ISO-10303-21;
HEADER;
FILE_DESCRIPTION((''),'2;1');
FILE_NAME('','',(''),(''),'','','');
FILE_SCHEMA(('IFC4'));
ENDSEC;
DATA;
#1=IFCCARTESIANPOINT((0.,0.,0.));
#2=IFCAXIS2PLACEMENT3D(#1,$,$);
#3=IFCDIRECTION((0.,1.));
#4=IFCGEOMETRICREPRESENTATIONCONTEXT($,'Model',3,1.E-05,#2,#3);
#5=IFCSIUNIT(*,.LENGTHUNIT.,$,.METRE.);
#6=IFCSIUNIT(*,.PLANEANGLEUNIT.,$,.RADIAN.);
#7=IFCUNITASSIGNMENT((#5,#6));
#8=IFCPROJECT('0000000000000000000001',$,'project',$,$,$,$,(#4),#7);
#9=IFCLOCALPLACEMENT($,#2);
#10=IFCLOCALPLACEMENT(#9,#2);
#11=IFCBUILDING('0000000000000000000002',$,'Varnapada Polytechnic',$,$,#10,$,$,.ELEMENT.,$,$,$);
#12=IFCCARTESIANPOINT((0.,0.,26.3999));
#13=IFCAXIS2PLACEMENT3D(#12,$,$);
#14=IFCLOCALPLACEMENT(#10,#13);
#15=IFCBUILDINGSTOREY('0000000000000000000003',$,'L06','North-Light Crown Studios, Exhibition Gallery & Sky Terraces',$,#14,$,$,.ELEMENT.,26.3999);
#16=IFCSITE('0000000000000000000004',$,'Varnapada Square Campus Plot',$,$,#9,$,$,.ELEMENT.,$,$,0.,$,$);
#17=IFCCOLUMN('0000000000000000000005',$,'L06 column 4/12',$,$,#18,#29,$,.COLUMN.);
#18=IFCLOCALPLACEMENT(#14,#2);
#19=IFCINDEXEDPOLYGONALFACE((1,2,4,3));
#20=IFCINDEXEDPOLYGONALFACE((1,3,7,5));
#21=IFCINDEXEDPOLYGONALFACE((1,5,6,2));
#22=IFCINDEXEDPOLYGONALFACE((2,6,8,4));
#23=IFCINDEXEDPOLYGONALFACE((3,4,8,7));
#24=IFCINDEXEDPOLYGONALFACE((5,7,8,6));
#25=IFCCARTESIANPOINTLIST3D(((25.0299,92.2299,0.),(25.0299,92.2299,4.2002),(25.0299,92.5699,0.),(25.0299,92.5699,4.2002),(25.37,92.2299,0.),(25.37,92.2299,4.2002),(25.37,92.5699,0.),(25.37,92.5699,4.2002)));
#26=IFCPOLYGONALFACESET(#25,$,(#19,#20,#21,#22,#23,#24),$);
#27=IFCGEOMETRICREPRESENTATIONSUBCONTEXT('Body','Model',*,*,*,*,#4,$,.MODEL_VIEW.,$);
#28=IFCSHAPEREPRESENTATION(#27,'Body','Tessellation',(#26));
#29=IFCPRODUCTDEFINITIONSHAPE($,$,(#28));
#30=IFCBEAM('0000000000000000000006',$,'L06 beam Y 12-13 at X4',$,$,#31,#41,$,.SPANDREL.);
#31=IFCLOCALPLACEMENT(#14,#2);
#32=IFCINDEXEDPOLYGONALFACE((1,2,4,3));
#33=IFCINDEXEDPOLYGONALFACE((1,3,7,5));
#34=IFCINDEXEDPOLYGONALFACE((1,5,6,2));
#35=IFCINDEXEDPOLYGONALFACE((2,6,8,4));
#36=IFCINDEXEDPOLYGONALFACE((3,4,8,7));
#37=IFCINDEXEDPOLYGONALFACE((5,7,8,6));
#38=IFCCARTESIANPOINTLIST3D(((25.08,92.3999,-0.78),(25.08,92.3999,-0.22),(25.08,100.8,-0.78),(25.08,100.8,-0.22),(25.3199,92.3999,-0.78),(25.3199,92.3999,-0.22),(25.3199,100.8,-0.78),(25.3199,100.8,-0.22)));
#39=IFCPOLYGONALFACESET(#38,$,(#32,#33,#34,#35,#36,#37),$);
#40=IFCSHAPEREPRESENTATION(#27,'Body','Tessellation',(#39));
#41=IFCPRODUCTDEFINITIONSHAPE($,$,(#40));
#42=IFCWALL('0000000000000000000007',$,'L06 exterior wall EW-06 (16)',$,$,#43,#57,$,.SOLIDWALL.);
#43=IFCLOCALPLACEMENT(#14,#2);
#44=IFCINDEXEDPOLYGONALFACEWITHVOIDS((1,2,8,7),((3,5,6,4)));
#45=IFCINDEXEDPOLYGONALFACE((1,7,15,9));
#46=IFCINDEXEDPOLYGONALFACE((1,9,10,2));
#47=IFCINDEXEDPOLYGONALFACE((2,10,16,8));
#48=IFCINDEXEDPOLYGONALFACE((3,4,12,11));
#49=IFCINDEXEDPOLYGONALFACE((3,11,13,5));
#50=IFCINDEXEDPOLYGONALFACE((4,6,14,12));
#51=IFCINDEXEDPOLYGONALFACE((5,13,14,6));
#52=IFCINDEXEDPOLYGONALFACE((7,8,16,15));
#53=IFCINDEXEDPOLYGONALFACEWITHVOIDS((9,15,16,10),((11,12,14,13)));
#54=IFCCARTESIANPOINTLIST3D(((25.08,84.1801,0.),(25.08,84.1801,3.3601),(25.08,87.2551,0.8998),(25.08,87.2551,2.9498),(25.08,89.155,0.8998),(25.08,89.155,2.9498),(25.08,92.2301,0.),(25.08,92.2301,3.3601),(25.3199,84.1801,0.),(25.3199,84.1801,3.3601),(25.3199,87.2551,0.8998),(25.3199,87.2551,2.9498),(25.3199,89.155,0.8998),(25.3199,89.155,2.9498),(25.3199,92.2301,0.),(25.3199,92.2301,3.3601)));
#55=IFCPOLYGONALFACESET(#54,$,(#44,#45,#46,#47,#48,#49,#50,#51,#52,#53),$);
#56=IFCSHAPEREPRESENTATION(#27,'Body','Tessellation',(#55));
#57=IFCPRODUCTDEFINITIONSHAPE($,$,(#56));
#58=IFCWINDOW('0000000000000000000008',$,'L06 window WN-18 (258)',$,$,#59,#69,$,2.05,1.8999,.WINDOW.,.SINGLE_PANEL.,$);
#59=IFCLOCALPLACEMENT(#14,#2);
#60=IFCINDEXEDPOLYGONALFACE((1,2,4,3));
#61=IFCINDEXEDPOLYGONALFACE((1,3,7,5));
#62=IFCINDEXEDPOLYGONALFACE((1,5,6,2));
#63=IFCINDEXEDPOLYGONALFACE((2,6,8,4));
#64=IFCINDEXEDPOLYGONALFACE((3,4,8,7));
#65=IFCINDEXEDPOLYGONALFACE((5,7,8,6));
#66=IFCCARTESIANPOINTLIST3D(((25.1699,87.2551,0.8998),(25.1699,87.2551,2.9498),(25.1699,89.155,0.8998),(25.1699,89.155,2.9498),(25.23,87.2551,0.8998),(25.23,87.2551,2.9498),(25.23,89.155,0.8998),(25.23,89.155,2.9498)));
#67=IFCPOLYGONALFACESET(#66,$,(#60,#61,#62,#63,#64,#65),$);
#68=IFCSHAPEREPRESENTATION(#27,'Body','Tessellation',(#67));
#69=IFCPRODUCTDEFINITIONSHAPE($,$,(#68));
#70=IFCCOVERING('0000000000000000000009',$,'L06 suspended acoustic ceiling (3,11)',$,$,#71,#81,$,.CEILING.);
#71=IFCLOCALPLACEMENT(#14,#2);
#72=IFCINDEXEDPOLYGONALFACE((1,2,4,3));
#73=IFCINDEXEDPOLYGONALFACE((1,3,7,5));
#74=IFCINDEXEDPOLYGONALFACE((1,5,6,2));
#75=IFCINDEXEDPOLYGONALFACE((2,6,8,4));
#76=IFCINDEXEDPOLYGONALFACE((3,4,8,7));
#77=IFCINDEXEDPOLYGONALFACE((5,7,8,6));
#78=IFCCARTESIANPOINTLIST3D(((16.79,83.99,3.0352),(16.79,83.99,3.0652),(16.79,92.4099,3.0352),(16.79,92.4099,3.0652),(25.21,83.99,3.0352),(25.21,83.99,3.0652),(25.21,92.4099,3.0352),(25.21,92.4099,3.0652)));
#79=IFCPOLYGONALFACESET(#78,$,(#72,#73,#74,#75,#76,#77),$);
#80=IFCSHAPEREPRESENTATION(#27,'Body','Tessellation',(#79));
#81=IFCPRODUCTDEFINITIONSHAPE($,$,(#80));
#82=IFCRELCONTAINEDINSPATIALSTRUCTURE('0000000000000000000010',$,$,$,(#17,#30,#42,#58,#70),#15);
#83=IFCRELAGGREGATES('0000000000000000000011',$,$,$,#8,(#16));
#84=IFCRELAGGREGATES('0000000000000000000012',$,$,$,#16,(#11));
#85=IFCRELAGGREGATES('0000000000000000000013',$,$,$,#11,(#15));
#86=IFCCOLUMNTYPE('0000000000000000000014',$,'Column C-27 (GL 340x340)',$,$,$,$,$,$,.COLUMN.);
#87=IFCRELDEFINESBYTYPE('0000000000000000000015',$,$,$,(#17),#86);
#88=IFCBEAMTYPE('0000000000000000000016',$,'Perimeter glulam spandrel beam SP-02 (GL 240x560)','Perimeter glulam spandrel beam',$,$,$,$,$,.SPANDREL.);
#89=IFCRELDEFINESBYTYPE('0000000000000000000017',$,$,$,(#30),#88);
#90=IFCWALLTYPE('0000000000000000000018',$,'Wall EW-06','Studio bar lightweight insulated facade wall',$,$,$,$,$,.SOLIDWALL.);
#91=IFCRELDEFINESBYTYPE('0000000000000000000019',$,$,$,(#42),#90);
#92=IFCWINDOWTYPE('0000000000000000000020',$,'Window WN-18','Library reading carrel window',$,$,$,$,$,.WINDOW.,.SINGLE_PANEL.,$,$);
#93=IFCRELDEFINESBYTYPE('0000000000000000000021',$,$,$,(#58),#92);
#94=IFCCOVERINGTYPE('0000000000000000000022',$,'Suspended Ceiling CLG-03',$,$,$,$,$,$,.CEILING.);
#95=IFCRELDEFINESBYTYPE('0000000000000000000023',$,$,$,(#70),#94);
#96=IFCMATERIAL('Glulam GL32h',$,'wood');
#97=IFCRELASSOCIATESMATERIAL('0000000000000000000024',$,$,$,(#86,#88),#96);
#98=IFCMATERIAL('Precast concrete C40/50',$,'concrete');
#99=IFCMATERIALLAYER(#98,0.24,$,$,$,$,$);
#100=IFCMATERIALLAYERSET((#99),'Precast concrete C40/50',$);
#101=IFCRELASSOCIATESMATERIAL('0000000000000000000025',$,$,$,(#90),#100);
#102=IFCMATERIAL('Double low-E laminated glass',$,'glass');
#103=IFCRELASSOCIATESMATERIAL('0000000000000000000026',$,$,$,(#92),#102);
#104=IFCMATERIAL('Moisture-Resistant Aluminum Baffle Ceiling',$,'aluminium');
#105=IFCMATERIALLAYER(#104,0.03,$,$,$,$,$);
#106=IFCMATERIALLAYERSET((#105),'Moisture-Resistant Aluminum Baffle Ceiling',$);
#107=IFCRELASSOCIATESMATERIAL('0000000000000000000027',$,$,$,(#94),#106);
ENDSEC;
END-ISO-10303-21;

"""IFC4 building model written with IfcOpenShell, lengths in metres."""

from ifc_helpers import new_model, si_unit, direction, frame, frame_2d, origin, origin_2d, place, context, subcontext, project, spatial, rectangle, extrude, material, layer, layer_set, material_profile, profile_set, type_object, element, fill, save


model = new_model("IFC4")

# Units and contexts
model_context = context("Model", 3, precision=1e-05, world=origin(), true_north=direction((0.0, 1.0)))
body_context = subcontext(model_context, "Body", "Model", "MODEL_VIEW")
ifc_project = project(units=[si_unit("LENGTHUNIT", "METRE"), si_unit("PLANEANGLEUNIT", "RADIAN")], contexts=[model_context])

# Site, building, storey
site_placement = place(None, origin())
site = spatial("IfcSite", under=ifc_project, at=site_placement, Name="Varnapada Square Campus Plot", CompositionType="ELEMENT", RefElevation=0.0)
building_placement = place(site_placement, origin())
building = spatial("IfcBuilding", under=site, at=building_placement, Name="Varnapada Polytechnic", CompositionType="ELEMENT")
storey_placement = place(building_placement, frame((0.0, 0.0, 26.3999)))
storey = spatial("IfcBuildingStorey", under=building, at=storey_placement, Name="L06", Description="North-Light Crown Studios, Exhibition Gallery & Sky Terraces", CompositionType="ELEMENT", Elevation=26.3999)

# Column
ifc_material_1 = material(Name="Glulam GL32h", Category="wood")
ifc_material_profile_1 = material_profile(ifc_material_1, rectangle(XDim=0.3401, YDim=0.3401, at=origin_2d()), Name="GL 340x340")
ifc_profile_set_1 = profile_set([ifc_material_profile_1], Name="Glulam GL32h")
column_type = type_object("IfcColumnType", Name="Column C-27 (GL 340x340)", PredefinedType="COLUMN", material=ifc_profile_set_1)
column_placement = place(storey_placement, frame((25.2, 92.3999, 0.0), z_axis=(0.0, 0.0, 1.0), x_axis=(1.0, 0.0, 0.0)))
element("IfcColumn", 1, at=column_placement, inside=storey, type_object=column_type, Name="L06 column 4/12", PredefinedType="COLUMN", context=body_context, shape_type="SweptSolid", body=[
    extrude(rectangle(XDim=0.3401, YDim=0.3401, at=origin_2d()), origin(), (0.0, 0.0, 1.0), 4.2002),
])

# Beam
ifc_material_profile_2 = material_profile(ifc_material_1, rectangle(XDim=0.24, YDim=0.5601, at=origin_2d()), Name="GL 240x560")
ifc_profile_set_2 = profile_set([ifc_material_profile_2], Name="Glulam GL32h")
beam_type = type_object("IfcBeamType", Name="Perimeter glulam spandrel beam SP-02 (GL 240x560)", Description="Perimeter glulam spandrel beam", PredefinedType="SPANDREL", material=ifc_profile_set_2)
beam_placement = place(storey_placement, frame((25.2, 92.3999, -0.5), z_axis=(0.0, 1.0, 0.0), x_axis=(-1.0, 0.0, 0.0)))
element("IfcBeam", 2, at=beam_placement, inside=storey, type_object=beam_type, Name="L06 beam Y 12-13 at X4", PredefinedType="SPANDREL", context=body_context, shape_type="SweptSolid", body=[
    extrude(rectangle(XDim=0.24, YDim=0.5601, at=origin_2d()), origin(), (0.0, 0.0, 1.0), 8.4001),
])

# Wall, opening, window
ifc_material_2 = material(Name="Precast concrete C40/50", Category="concrete")
ifc_layer_1 = layer(ifc_material_2, 0.24)
ifc_layer_set_1 = layer_set([ifc_layer_1], Name="Precast concrete C40/50")
wall_type = type_object("IfcWallType", Name="Wall EW-06", Description="Studio bar lightweight insulated facade wall", PredefinedType="SOLIDWALL", material=ifc_layer_set_1)
wall_placement = place(storey_placement, frame((25.2, 92.23, 0.0), z_axis=(0.0, 0.0, 1.0), x_axis=(0.0, -1.0, 0.0)))
wall = element("IfcWall", 3, at=wall_placement, inside=storey, type_object=wall_type, Name="L06 exterior wall EW-06 (16)", PredefinedType="SOLIDWALL", context=body_context, shape_type="SweptSolid", body=[
    extrude(rectangle(XDim=8.05, YDim=0.24, at=frame_2d((4.0249, 0.0))), origin(), (0.0, 0.0, 1.0), 3.3601),
])
opening_1_placement = place(wall_placement, frame((3.075, 0.0, 0.8999)))
opening_1 = element("IfcOpeningElement", 4, at=opening_1_placement, cuts=wall, PredefinedType="OPENING", context=body_context, shape_type="SweptSolid", body=[
    extrude(rectangle(XDim=1.8999, YDim=2.05, at=frame_2d((0.95, 1.0249))), frame((0.0, 0.1299, 0.0), z_axis=(0.0, -1.0, 0.0), x_axis=(1.0, 0.0, 0.0)), (0.0, 0.0, 1.0), 0.26),
])
ifc_material_3 = material(Name="Double low-E laminated glass", Category="glass")
window_type = type_object("IfcWindowType", Name="Window WN-18", Description="Library reading carrel window", PartitioningType="SINGLE_PANEL", PredefinedType="WINDOW", material=ifc_material_3)
window_placement = place(opening_1_placement, origin())
window = element("IfcWindow", 5, at=window_placement, inside=storey, type_object=window_type, Name="L06 window WN-18 (258)", OverallHeight=2.05, OverallWidth=1.8999, PartitioningType="SINGLE_PANEL", PredefinedType="WINDOW", context=body_context, shape_type="SweptSolid", body=[
    extrude(rectangle(XDim=1.8999, YDim=2.05, at=frame_2d((0.95, 1.0249))), frame((0.0, 0.03, 0.0), z_axis=(0.0, -1.0, 0.0), x_axis=(1.0, 0.0, 0.0)), (0.0, 0.0, 1.0), 0.0601),
])
fill(opening_1, window)

# Covering
ifc_material_4 = material(Name="Moisture-Resistant Aluminum Baffle Ceiling", Category="aluminium")
ifc_layer_2 = layer(ifc_material_4, 0.03)
ifc_layer_set_2 = layer_set([ifc_layer_2], Name="Moisture-Resistant Aluminum Baffle Ceiling")
covering_type_1 = type_object("IfcCoveringType", Name="Suspended Ceiling CLG-03", PredefinedType="CEILING", material=ifc_layer_set_2)
covering_1_placement = place(storey_placement, frame((21.0, 88.2, 3.0352), z_axis=(0.0, 0.0, 1.0), x_axis=(1.0, 0.0, 0.0)))
element("IfcCovering", 6, at=covering_1_placement, inside=storey, type_object=covering_type_1, Name="L06 suspended acoustic ceiling (3,11)", PredefinedType="CEILING", context=body_context, shape_type="SweptSolid", body=[
    extrude(rectangle(XDim=8.4199, YDim=8.4199, at=origin_2d()), origin(), (0.0, 0.0, 1.0), 0.03),
])

save(model, "model.ifc")
